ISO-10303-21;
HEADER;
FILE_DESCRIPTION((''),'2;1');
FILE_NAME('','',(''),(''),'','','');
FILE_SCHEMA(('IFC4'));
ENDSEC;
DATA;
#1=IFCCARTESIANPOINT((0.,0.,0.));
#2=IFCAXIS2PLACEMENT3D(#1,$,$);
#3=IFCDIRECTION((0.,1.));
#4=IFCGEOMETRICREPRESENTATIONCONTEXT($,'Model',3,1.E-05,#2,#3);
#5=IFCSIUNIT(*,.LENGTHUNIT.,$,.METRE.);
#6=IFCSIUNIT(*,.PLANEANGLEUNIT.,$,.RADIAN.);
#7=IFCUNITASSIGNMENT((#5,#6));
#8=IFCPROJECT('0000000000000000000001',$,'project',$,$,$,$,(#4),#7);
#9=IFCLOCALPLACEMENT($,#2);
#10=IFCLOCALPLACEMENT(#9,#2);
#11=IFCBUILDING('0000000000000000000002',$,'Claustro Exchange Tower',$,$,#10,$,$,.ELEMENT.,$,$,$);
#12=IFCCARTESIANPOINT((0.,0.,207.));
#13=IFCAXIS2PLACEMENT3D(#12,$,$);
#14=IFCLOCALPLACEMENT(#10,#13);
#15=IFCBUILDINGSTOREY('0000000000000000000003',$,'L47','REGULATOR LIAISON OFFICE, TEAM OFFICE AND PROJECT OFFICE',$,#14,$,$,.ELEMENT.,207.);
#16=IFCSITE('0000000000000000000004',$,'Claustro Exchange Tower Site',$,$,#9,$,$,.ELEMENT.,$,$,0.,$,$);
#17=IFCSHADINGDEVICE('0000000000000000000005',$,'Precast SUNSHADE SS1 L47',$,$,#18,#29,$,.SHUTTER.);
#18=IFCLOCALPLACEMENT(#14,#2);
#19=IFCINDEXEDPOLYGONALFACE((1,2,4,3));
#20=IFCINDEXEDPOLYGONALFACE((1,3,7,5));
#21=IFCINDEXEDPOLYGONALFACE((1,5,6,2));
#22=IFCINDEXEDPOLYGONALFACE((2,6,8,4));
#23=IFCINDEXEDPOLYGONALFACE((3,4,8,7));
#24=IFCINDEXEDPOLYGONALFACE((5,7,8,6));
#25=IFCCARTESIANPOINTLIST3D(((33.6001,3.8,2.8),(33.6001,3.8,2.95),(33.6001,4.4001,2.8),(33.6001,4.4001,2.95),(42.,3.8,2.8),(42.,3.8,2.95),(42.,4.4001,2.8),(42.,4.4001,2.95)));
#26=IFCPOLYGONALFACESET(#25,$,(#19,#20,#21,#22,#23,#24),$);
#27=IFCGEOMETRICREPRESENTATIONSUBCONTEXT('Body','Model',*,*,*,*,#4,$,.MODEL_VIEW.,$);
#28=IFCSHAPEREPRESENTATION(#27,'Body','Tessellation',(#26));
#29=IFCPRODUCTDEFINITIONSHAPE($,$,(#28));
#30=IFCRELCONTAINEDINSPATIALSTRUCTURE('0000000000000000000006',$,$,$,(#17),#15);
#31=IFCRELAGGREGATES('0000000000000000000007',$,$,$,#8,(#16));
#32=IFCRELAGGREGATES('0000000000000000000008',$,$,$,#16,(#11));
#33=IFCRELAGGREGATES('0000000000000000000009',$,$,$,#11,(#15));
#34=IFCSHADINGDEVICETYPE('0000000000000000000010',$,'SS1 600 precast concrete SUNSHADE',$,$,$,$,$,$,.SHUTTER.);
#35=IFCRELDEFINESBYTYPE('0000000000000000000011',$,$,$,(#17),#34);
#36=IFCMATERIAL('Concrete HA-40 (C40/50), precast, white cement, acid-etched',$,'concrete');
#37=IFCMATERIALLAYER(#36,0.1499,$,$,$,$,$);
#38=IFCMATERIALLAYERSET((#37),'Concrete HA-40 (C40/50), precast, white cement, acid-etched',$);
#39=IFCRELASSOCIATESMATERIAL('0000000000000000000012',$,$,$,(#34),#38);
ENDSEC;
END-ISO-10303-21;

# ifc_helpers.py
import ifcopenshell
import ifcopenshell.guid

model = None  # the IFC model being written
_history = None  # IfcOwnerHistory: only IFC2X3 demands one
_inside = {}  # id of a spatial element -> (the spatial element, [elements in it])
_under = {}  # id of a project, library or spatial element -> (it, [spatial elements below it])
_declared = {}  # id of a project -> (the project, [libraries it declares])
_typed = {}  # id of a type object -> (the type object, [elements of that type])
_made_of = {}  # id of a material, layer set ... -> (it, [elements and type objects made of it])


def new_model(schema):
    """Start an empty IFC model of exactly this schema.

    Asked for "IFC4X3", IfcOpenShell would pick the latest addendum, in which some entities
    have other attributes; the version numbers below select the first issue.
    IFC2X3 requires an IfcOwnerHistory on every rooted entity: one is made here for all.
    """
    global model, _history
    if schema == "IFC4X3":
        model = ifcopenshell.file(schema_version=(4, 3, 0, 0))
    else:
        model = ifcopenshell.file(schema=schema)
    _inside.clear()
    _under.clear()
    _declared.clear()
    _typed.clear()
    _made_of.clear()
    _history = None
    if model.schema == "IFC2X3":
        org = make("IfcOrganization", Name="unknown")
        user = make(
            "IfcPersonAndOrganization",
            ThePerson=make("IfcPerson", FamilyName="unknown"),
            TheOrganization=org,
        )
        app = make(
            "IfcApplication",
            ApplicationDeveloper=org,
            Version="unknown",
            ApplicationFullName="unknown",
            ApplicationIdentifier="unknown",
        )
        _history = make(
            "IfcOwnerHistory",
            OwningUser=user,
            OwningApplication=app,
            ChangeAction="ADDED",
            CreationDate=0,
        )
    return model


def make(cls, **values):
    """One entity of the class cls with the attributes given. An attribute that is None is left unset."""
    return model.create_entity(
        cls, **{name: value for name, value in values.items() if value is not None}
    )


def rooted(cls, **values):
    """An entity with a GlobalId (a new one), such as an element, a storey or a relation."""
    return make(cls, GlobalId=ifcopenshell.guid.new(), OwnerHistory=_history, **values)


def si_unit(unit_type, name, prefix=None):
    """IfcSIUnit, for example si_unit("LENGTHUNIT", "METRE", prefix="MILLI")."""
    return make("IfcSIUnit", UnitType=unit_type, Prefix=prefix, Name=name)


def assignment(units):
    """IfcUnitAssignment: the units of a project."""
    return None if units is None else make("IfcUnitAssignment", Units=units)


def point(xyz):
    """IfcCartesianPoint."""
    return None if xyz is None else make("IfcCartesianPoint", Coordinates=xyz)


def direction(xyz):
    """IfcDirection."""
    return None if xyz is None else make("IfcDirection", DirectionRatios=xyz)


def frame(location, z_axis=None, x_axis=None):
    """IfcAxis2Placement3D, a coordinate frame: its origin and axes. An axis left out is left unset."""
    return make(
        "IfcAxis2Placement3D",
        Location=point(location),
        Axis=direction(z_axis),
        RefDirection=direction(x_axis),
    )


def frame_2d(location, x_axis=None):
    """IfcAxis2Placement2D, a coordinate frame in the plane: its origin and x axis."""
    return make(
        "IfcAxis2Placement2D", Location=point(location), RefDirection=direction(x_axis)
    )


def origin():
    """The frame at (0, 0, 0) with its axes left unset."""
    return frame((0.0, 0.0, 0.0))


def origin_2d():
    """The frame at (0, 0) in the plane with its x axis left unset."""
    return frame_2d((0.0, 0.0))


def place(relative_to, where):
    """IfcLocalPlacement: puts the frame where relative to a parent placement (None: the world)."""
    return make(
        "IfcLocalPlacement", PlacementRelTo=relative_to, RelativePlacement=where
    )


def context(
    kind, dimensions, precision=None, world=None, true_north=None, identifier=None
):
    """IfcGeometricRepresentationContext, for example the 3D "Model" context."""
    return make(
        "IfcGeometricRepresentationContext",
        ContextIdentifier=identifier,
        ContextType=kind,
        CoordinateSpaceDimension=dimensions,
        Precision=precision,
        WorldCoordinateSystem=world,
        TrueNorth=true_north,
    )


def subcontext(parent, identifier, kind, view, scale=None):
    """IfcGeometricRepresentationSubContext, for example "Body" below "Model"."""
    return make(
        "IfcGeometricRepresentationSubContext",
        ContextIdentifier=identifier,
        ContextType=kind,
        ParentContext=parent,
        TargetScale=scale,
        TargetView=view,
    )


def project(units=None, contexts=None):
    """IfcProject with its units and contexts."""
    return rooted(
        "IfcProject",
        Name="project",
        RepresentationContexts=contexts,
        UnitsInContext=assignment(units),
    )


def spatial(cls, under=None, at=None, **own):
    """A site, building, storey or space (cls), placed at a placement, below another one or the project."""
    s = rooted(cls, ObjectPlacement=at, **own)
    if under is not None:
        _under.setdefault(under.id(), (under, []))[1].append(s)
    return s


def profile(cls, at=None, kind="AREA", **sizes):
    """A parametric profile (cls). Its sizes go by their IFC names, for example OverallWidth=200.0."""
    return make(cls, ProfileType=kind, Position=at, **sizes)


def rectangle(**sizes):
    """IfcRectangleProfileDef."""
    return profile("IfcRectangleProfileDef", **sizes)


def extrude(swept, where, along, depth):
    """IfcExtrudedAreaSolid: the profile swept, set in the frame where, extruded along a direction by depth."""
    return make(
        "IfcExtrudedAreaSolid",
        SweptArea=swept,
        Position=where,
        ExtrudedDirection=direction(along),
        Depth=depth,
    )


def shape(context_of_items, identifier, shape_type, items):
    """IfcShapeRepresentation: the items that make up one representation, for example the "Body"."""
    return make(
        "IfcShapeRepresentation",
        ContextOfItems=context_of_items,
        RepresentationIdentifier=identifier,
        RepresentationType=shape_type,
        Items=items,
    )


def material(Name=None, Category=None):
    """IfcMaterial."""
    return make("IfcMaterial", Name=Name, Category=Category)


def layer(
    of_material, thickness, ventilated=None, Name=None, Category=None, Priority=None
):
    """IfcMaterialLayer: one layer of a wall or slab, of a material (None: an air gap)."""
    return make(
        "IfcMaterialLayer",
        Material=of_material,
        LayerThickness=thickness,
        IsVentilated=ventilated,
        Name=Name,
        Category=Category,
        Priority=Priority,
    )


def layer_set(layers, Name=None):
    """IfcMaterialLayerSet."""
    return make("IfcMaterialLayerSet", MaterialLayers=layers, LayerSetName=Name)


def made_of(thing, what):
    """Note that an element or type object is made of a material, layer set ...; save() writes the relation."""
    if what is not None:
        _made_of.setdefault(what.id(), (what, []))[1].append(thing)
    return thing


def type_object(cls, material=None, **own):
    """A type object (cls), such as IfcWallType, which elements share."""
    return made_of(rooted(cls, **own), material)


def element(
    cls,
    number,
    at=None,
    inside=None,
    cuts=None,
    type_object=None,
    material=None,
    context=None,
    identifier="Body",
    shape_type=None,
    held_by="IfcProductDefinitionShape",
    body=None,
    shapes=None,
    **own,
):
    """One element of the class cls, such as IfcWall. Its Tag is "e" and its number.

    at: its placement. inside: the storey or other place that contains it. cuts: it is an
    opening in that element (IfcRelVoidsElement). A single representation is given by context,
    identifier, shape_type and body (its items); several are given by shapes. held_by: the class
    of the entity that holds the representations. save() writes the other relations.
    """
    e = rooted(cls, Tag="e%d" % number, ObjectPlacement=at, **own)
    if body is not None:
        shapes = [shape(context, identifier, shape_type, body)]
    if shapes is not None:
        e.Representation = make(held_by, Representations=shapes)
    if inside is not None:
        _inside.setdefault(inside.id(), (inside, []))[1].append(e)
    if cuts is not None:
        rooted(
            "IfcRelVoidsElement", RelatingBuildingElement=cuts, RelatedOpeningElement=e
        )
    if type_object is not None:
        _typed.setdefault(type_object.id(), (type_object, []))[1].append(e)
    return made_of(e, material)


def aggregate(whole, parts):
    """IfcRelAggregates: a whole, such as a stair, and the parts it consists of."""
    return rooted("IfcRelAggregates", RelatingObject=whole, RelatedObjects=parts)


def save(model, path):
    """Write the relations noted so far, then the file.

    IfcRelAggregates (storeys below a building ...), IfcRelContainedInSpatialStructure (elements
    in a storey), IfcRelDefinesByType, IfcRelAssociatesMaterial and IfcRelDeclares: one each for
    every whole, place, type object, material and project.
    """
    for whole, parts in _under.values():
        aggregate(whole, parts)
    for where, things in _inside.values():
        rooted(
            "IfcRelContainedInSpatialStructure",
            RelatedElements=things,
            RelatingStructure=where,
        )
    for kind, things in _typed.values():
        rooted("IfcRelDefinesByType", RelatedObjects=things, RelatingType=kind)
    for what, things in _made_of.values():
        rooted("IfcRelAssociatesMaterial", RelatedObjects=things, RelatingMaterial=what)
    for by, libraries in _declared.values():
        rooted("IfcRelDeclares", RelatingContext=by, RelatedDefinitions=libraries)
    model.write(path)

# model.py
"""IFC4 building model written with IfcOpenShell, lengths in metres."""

from ifc_helpers import new_model, si_unit, direction, frame, origin, origin_2d, place, context, subcontext, project, spatial, rectangle, extrude, material, layer, layer_set, type_object, element, save


model = new_model("IFC4")

# Units and contexts
model_context = context("Model", 3, precision=1e-05, world=origin(), true_north=direction((0.0, 1.0)))
body_context = subcontext(model_context, "Body", "Model", "MODEL_VIEW")
ifc_project = project(units=[si_unit("LENGTHUNIT", "METRE"), si_unit("PLANEANGLEUNIT", "RADIAN")], contexts=[model_context])

# Site, building, storey
site_placement = place(None, origin())
site = spatial("IfcSite", under=ifc_project, at=site_placement, Name="Claustro Exchange Tower Site", CompositionType="ELEMENT", RefElevation=0.0)
building_placement = place(site_placement, origin())
building = spatial("IfcBuilding", under=site, at=building_placement, Name="Claustro Exchange Tower", CompositionType="ELEMENT")
storey_placement = place(building_placement, frame((0.0, 0.0, 207.0)))
storey = spatial("IfcBuildingStorey", under=building, at=storey_placement, Name="L47", Description="REGULATOR LIAISON OFFICE, TEAM OFFICE AND PROJECT OFFICE", CompositionType="ELEMENT", Elevation=207.0)

# Shading device
ifc_material_1 = material(Name="Concrete HA-40 (C40/50), precast, white cement, acid-etched", Category="concrete")
ifc_layer_1 = layer(ifc_material_1, 0.1499)
ifc_layer_set_1 = layer_set([ifc_layer_1], Name="Concrete HA-40 (C40/50), precast, white cement, acid-etched")
shading_device_type = type_object("IfcShadingDeviceType", Name="SS1 600 precast concrete SUNSHADE", PredefinedType="SHUTTER", material=ifc_layer_set_1)
shading_device_1_placement = place(storey_placement, frame((37.8, 4.1001, 2.8), z_axis=(0.0, 0.0, 1.0), x_axis=(-1.0, 0.0, 0.0)))
element("IfcShadingDevice", 1, at=shading_device_1_placement, inside=storey, type_object=shading_device_type, Name="Precast SUNSHADE SS1 L47", PredefinedType="SHUTTER", context=body_context, shape_type="SweptSolid", body=[
    extrude(rectangle(XDim=8.3999, YDim=0.6001, at=origin_2d()), origin(), (0.0, 0.0, 1.0), 0.1499),
])

save(model, "model.ifc")
